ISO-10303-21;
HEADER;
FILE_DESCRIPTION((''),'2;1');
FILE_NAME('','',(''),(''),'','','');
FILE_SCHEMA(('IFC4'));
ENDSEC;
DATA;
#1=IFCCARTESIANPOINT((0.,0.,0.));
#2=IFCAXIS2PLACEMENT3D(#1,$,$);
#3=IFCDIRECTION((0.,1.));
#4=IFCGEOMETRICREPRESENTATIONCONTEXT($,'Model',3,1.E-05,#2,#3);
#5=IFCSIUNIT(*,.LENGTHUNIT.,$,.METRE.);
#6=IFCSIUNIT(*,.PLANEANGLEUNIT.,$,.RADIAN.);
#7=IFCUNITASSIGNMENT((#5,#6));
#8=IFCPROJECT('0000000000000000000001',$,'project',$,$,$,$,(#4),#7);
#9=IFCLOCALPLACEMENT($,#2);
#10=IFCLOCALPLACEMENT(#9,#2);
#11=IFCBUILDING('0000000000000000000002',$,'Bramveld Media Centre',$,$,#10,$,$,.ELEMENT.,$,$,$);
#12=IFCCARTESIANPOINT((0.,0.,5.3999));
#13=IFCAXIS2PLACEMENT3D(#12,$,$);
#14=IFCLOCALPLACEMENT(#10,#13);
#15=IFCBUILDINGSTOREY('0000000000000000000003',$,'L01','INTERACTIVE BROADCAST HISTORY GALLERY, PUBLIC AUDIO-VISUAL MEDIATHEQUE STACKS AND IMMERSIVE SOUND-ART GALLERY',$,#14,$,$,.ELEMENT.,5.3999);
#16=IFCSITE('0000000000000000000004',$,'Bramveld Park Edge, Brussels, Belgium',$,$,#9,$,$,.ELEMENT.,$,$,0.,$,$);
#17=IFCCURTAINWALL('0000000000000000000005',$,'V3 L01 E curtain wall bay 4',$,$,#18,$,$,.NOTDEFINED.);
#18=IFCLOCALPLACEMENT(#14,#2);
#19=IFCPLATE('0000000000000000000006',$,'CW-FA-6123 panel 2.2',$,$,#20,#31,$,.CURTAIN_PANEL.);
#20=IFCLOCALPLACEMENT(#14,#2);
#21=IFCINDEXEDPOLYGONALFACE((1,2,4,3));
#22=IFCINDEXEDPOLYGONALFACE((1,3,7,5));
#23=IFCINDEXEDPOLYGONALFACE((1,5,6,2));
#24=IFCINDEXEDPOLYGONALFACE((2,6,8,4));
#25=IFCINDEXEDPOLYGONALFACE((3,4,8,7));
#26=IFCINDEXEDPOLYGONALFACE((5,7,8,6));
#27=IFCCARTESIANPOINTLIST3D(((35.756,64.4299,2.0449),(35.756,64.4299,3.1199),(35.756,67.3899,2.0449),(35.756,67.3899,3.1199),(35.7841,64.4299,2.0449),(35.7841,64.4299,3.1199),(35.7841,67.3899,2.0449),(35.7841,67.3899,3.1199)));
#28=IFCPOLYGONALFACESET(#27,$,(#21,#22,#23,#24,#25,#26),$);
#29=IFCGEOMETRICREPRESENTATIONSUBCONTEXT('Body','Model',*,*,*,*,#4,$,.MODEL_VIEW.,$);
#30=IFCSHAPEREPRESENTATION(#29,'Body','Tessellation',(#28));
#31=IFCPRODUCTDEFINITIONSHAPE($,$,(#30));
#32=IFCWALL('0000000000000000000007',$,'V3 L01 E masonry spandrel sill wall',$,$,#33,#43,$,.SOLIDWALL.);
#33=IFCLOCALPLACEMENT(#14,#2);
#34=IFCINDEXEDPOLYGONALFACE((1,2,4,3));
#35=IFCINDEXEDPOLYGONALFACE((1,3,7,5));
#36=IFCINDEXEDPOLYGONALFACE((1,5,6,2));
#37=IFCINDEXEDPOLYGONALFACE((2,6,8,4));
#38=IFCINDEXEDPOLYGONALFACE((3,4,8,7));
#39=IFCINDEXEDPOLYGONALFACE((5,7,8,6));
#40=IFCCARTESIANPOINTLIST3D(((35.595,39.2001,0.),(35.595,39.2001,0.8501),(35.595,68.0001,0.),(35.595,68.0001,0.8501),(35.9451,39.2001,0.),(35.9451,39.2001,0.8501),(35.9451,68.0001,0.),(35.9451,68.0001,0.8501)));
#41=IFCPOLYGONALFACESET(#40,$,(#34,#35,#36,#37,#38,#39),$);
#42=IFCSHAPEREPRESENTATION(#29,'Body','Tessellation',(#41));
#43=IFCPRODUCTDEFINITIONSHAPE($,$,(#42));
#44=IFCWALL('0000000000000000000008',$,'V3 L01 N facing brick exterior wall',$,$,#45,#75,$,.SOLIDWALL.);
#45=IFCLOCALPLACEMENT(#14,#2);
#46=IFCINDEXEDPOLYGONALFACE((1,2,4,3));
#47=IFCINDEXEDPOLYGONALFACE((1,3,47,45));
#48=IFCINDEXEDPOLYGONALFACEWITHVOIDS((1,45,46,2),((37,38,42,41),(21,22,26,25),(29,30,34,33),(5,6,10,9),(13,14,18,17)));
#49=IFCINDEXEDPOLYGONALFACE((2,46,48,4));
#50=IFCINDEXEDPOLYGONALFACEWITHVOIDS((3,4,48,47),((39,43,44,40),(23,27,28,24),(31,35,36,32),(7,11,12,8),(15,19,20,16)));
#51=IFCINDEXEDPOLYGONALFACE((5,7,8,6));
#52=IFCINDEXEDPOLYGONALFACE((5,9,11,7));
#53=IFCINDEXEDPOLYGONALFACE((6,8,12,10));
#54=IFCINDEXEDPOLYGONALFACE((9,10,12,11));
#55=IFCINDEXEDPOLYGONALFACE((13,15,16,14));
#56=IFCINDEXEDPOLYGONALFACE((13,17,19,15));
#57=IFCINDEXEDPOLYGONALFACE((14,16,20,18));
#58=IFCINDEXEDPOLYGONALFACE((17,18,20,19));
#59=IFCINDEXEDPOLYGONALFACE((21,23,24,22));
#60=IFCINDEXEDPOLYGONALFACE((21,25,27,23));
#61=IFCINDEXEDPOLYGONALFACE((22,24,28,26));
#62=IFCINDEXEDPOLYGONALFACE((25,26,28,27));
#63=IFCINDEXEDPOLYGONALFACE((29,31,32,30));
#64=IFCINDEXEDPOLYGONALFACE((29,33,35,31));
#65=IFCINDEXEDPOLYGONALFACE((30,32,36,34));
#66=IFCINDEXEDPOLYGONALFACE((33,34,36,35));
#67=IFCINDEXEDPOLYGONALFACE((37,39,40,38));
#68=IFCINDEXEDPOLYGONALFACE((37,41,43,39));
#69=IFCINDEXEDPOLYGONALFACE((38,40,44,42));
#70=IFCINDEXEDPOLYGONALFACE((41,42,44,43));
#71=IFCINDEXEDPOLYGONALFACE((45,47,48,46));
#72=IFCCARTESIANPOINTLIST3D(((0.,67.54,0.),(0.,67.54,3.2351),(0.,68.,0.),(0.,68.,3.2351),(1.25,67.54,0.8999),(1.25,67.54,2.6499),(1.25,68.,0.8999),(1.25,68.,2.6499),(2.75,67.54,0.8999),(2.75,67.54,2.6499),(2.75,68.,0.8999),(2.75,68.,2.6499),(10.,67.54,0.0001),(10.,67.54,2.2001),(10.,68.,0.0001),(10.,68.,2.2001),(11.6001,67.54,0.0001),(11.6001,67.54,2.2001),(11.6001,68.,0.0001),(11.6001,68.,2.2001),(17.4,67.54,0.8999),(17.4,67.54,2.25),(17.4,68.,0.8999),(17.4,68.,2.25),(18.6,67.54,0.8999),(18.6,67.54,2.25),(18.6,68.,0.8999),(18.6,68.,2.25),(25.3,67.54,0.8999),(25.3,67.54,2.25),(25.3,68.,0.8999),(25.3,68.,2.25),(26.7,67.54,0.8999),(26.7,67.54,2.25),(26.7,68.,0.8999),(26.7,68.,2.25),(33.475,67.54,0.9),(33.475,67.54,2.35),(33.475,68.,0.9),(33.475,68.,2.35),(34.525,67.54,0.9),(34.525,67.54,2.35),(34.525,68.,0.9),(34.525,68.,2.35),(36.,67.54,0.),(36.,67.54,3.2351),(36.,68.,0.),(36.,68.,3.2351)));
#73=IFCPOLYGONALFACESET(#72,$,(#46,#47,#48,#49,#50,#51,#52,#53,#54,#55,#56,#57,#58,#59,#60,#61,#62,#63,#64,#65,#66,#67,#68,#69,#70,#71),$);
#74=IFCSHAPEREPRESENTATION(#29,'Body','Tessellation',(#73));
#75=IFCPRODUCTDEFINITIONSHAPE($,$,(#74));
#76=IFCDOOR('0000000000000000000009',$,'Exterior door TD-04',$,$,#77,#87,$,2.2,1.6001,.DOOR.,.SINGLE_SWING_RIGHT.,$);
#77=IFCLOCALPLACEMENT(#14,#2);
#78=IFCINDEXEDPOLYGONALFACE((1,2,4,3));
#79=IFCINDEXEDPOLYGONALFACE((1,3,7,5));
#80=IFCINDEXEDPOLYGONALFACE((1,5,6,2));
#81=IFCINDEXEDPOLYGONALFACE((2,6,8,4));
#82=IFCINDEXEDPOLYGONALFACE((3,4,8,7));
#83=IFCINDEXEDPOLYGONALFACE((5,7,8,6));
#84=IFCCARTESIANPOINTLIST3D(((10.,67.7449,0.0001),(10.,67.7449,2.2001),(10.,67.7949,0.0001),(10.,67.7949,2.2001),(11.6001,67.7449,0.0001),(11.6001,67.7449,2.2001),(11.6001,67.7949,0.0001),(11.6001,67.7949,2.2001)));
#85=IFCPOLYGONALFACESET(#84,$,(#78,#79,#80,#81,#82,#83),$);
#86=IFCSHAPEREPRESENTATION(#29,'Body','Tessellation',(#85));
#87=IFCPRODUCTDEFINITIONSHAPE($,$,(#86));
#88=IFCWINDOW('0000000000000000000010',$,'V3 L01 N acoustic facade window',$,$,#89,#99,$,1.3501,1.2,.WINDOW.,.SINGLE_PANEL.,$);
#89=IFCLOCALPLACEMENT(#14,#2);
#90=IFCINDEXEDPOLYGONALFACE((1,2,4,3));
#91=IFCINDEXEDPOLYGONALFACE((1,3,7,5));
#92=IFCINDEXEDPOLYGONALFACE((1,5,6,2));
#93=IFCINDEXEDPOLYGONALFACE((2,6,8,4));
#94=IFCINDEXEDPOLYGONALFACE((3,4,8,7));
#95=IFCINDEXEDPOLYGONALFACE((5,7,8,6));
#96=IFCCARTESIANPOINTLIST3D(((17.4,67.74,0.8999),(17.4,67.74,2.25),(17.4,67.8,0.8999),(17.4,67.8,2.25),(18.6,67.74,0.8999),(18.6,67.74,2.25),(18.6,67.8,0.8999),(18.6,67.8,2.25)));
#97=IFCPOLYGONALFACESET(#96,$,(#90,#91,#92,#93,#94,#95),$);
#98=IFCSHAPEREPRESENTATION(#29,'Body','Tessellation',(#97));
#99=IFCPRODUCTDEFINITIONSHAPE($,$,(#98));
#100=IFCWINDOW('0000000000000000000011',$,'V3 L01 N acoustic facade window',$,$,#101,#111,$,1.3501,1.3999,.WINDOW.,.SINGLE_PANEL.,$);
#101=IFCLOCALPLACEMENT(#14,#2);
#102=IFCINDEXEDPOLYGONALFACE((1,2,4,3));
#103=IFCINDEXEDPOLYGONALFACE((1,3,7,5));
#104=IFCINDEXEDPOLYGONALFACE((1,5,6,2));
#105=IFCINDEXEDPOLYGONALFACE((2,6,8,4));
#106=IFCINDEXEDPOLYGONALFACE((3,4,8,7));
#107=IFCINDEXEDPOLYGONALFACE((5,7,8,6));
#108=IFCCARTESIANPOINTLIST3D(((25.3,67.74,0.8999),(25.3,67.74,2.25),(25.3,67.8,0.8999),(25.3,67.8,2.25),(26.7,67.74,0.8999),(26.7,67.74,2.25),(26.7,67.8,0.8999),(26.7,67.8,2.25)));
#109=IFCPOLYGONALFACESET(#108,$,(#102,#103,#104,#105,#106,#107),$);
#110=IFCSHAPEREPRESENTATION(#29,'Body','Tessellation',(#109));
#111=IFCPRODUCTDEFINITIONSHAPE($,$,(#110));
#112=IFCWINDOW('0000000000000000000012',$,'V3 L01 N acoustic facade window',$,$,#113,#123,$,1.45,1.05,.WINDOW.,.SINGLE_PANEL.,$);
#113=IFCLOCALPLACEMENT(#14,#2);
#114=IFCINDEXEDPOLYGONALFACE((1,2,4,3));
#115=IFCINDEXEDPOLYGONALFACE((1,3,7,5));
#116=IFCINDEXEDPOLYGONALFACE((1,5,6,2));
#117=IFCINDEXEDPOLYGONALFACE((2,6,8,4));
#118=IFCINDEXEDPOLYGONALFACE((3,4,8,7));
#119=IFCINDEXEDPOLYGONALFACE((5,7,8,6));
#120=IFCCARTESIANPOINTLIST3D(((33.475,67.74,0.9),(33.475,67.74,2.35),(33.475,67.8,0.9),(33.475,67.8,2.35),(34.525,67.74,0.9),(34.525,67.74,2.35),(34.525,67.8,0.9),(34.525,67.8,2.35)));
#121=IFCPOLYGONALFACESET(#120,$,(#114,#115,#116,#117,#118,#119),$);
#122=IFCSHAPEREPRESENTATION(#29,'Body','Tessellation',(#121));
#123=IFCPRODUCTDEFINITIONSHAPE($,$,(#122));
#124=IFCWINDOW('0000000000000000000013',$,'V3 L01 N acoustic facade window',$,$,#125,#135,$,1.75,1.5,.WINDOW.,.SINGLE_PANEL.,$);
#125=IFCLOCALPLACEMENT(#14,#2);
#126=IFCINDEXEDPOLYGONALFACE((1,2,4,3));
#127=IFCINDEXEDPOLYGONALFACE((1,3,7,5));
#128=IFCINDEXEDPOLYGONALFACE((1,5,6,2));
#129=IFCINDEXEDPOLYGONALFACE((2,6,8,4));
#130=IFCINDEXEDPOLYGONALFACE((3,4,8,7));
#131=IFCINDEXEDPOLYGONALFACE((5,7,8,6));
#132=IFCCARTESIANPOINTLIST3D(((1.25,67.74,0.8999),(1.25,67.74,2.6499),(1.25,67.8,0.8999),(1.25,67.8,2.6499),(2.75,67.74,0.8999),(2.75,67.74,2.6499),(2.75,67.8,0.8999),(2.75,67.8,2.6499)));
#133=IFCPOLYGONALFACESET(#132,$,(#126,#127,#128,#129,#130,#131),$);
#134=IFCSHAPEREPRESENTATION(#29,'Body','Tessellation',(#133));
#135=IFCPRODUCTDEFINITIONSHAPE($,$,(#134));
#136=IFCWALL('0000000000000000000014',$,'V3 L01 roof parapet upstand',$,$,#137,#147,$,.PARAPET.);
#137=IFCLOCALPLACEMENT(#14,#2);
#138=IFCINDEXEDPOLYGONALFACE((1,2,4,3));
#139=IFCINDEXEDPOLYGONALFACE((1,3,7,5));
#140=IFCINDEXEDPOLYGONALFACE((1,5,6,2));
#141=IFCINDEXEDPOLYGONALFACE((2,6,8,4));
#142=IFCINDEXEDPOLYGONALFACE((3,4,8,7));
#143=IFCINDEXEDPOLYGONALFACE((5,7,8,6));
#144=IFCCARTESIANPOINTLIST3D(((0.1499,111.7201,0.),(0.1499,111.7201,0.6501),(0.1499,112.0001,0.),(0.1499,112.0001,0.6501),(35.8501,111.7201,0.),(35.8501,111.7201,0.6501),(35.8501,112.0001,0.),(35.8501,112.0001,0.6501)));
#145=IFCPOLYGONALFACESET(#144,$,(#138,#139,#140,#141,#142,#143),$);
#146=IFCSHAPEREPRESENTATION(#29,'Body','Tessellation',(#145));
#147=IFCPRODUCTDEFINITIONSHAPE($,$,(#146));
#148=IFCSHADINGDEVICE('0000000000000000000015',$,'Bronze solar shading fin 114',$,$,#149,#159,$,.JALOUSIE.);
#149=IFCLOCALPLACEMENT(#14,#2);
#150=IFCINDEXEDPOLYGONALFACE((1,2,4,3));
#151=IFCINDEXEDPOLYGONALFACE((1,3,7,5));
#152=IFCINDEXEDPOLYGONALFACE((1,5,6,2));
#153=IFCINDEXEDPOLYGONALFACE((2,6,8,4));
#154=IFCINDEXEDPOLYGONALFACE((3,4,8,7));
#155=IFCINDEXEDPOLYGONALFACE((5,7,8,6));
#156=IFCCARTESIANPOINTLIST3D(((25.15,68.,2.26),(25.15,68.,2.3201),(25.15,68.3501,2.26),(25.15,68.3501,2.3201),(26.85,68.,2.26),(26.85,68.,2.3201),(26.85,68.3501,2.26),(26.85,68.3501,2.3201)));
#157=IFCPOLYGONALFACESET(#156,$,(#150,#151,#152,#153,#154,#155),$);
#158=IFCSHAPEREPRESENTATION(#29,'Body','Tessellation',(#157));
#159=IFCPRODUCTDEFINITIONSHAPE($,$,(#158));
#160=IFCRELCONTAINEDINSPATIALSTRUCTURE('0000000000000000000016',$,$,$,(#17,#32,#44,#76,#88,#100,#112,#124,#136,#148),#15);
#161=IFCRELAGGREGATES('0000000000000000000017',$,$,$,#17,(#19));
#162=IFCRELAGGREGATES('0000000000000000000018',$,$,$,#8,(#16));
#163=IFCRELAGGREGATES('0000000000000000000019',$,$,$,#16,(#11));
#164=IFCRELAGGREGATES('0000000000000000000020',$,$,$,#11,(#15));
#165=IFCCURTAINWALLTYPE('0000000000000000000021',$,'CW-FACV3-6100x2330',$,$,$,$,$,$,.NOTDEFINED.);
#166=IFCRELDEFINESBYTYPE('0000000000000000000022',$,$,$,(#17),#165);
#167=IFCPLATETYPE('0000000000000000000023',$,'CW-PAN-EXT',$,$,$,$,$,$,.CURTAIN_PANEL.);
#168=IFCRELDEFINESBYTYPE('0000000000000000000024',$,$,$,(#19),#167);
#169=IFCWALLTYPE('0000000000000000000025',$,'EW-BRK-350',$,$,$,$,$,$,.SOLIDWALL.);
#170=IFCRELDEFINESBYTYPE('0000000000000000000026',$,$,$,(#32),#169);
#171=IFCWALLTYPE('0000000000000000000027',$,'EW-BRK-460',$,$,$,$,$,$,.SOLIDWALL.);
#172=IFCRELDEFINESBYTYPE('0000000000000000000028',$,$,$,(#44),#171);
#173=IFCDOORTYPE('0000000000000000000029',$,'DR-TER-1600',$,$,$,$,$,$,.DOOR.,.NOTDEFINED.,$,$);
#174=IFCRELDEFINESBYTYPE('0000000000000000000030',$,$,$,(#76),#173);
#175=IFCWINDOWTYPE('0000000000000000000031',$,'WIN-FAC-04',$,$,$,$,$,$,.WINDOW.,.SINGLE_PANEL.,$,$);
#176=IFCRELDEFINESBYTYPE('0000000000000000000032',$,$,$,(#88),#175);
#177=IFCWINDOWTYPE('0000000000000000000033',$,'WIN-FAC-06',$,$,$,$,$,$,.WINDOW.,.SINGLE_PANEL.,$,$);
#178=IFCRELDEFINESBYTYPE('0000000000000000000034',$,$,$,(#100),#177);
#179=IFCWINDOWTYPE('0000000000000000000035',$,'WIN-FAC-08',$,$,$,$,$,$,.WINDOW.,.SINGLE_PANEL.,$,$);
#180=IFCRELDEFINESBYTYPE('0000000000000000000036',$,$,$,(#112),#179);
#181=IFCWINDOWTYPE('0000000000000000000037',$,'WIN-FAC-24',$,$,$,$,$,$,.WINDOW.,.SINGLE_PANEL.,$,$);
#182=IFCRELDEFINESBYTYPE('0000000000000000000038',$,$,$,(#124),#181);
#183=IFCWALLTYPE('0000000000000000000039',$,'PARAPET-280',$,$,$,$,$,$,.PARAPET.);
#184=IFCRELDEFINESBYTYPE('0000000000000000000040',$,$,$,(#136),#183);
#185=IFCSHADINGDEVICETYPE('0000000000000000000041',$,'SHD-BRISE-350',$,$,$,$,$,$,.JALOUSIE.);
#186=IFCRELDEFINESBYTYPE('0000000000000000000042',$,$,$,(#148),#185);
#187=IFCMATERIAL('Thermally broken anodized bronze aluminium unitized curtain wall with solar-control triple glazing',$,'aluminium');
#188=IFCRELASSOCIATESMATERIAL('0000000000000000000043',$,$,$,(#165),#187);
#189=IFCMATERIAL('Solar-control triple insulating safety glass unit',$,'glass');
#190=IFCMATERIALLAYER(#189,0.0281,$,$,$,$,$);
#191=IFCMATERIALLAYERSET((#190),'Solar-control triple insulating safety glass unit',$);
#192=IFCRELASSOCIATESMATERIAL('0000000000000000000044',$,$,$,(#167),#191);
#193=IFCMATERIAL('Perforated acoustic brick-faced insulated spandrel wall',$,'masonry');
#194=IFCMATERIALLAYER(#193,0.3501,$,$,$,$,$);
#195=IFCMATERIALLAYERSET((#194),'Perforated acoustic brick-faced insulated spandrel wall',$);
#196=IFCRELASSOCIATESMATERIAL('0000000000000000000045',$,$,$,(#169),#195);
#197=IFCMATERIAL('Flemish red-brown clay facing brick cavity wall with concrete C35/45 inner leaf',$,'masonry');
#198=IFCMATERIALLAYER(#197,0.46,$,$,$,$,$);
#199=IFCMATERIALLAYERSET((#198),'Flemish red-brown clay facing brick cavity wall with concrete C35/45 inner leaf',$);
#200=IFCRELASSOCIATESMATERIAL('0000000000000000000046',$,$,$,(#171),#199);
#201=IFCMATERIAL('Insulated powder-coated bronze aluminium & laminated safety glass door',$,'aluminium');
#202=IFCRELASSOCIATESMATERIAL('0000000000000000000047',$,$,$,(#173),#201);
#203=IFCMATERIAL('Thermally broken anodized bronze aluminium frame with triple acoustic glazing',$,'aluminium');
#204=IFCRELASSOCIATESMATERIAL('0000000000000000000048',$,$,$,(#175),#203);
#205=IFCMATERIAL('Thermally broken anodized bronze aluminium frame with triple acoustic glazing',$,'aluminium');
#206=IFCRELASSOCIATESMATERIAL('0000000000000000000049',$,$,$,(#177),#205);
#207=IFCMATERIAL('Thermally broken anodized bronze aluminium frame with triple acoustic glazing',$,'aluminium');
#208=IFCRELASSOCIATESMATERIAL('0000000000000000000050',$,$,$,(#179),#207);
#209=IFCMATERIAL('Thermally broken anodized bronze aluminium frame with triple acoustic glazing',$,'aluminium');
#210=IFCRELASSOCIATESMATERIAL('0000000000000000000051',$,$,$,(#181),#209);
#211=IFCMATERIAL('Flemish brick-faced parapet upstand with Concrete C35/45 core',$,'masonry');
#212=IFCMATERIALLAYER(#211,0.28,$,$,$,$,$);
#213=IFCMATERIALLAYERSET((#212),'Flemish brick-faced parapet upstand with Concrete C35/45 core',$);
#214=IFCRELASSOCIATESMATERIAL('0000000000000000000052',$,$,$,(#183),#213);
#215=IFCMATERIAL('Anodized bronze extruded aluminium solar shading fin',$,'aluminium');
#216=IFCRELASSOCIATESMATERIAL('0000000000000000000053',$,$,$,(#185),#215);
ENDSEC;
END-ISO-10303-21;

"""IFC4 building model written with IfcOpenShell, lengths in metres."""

from ifc_helpers import new_model, si_unit, direction, frame, frame_2d, origin, origin_2d, place, context, subcontext, project, spatial, rectangle, extrude, material, layer, layer_set, type_object, element, fill, aggregate, save


model = new_model("IFC4")

# Units and contexts
model_context = context("Model", 3, precision=1e-05, world=origin(), true_north=direction((0.0, 1.0)))
body_context = subcontext(model_context, "Body", "Model", "MODEL_VIEW")
ifc_project = project(units=[si_unit("LENGTHUNIT", "METRE"), si_unit("PLANEANGLEUNIT", "RADIAN")], contexts=[model_context])

# Site, building, storey
site_placement = place(None, origin())
site = spatial("IfcSite", under=ifc_project, at=site_placement, Name="Bramveld Park Edge, Brussels, Belgium", CompositionType="ELEMENT", RefElevation=0.0)
building_placement = place(site_placement, origin())
building = spatial("IfcBuilding", under=site, at=building_placement, Name="Bramveld Media Centre", CompositionType="ELEMENT")
storey_placement = place(building_placement, frame((0.0, 0.0, 5.3999)))
storey = spatial("IfcBuildingStorey", under=building, at=storey_placement, Name="L01", Description="INTERACTIVE BROADCAST HISTORY GALLERY, PUBLIC AUDIO-VISUAL MEDIATHEQUE STACKS AND IMMERSIVE SOUND-ART GALLERY", CompositionType="ELEMENT", Elevation=5.3999)

# Curtain wall
ifc_material_1 = material(Name="Thermally broken anodized bronze aluminium unitized curtain wall with solar-control triple glazing", Category="aluminium")
curtain_wall_type = type_object("IfcCurtainWallType", Name="CW-FACV3-6100x2330", PredefinedType="NOTDEFINED", material=ifc_material_1)
curtain_wall_placement = place(storey_placement, origin())
curtain_wall = element("IfcCurtainWall", 1, at=curtain_wall_placement, inside=storey, type_object=curtain_wall_type, Name="V3 L01 E curtain wall bay 4", PredefinedType="NOTDEFINED")

# Plate
ifc_material_2 = material(Name="Solar-control triple insulating safety glass unit", Category="glass")
ifc_layer_1 = layer(ifc_material_2, 0.0281)
ifc_layer_set_1 = layer_set([ifc_layer_1], Name="Solar-control triple insulating safety glass unit")
plate_type = type_object("IfcPlateType", Name="CW-PAN-EXT", PredefinedType="CURTAIN_PANEL", material=ifc_layer_set_1)
plate_placement = place(storey_placement, frame((35.77, 65.9099, 2.0449), z_axis=(0.0, 0.0, 1.0), x_axis=(0.0, 1.0, 0.0)))
plate = element("IfcPlate", 2, at=plate_placement, type_object=plate_type, Name="CW-FA-6123 panel 2.2", PredefinedType="CURTAIN_PANEL", context=body_context, shape_type="SweptSolid", body=[
    extrude(rectangle(XDim=2.96, YDim=0.0281, at=origin_2d()), origin(), (0.0, 0.0, 1.0), 1.075),
])
aggregate(curtain_wall, [plate])

# Wall
ifc_material_3 = material(Name="Perforated acoustic brick-faced insulated spandrel wall", Category="masonry")
ifc_layer_2 = layer(ifc_material_3, 0.3501)
ifc_layer_set_2 = layer_set([ifc_layer_2], Name="Perforated acoustic brick-faced insulated spandrel wall")
wall_type_1 = type_object("IfcWallType", Name="EW-BRK-350", PredefinedType="SOLIDWALL", material=ifc_layer_set_2)
wall_1_placement = place(storey_placement, frame((35.77, 68.0, 0.0), z_axis=(0.0, 0.0, 1.0), x_axis=(0.0, -1.0, 0.0)))
element("IfcWall", 3, at=wall_1_placement, inside=storey, type_object=wall_type_1, Name="V3 L01 E masonry spandrel sill wall", PredefinedType="SOLIDWALL", context=body_context, shape_type="SweptSolid", body=[
    extrude(rectangle(XDim=28.8, YDim=0.3501, at=frame_2d((14.3999, 0.0))), origin(), (0.0, 0.0, 1.0), 0.8501),
])

# Wall, openings, door, windows
ifc_material_4 = material(Name="Flemish red-brown clay facing brick cavity wall with concrete C35/45 inner leaf", Category="masonry")
ifc_layer_3 = layer(ifc_material_4, 0.46)
ifc_layer_set_3 = layer_set([ifc_layer_3], Name="Flemish red-brown clay facing brick cavity wall with concrete C35/45 inner leaf")
wall_type_2 = type_object("IfcWallType", Name="EW-BRK-460", PredefinedType="SOLIDWALL", material=ifc_layer_set_3)
wall_2_placement = place(storey_placement, frame((0.0, 67.77, 0.0), z_axis=(0.0, 0.0, 1.0), x_axis=(1.0, 0.0, 0.0)))
wall_2 = element("IfcWall", 4, at=wall_2_placement, inside=storey, type_object=wall_type_2, Name="V3 L01 N facing brick exterior wall", PredefinedType="SOLIDWALL", context=body_context, shape_type="SweptSolid", body=[
    extrude(rectangle(XDim=36.0, YDim=0.46, at=frame_2d((18.0, 0.0))), origin(), (0.0, 0.0, 1.0), 3.2351),
])
opening_1_placement = place(wall_2_placement, frame((10.0, 0.0, 0.0)))
opening_1 = element("IfcOpeningElement", 5, at=opening_1_placement, cuts=wall_2, PredefinedType="OPENING", context=body_context, shape_type="SweptSolid", body=[
    extrude(rectangle(XDim=1.6001, YDim=2.2, at=frame_2d((0.8, 1.1001))), frame((0.0, 0.2419, 0.0), z_axis=(0.0, -1.0, 0.0), x_axis=(1.0, 0.0, 0.0)), (0.0, 0.0, 1.0), 0.4839),
])
opening_2_placement = place(wall_2_placement, frame((1.25, 0.0, 0.8999)))
opening_2 = element("IfcOpeningElement", 6, at=opening_2_placement, cuts=wall_2, PredefinedType="OPENING", context=body_context, shape_type="SweptSolid", body=[
    extrude(rectangle(XDim=1.5, YDim=1.75, at=frame_2d((0.75, 0.875))), frame((0.0, 0.2419, 0.0), z_axis=(0.0, -1.0, 0.0), x_axis=(1.0, 0.0, 0.0)), (0.0, 0.0, 1.0), 0.4839),
])
opening_3_placement = place(wall_2_placement, frame((17.3999, 0.0, 0.8999)))
opening_3 = element("IfcOpeningElement", 7, at=opening_3_placement, cuts=wall_2, PredefinedType="OPENING", context=body_context, shape_type="SweptSolid", body=[
    extrude(rectangle(XDim=1.2, YDim=1.3501, at=frame_2d((0.6001, 0.675))), frame((0.0, 0.2419, 0.0), z_axis=(0.0, -1.0, 0.0), x_axis=(1.0, 0.0, 0.0)), (0.0, 0.0, 1.0), 0.4839),
])
opening_4_placement = place(wall_2_placement, frame((25.3, 0.0, 0.8999)))
opening_4 = element("IfcOpeningElement", 8, at=opening_4_placement, cuts=wall_2, PredefinedType="OPENING", context=body_context, shape_type="SweptSolid", body=[
    extrude(rectangle(XDim=1.3999, YDim=1.3501, at=frame_2d((0.7, 0.675))), frame((0.0, 0.2419, 0.0), z_axis=(0.0, -1.0, 0.0), x_axis=(1.0, 0.0, 0.0)), (0.0, 0.0, 1.0), 0.4839),
])
opening_5_placement = place(wall_2_placement, frame((33.4751, 0.0, 0.8999)))
opening_5 = element("IfcOpeningElement", 9, at=opening_5_placement, cuts=wall_2, PredefinedType="OPENING", context=body_context, shape_type="SweptSolid", body=[
    extrude(rectangle(XDim=1.05, YDim=1.45, at=frame_2d((0.5249, 0.7251))), frame((0.0, 0.2419, 0.0), z_axis=(0.0, -1.0, 0.0), x_axis=(1.0, 0.0, 0.0)), (0.0, 0.0, 1.0), 0.4839),
])
ifc_material_5 = material(Name="Insulated powder-coated bronze aluminium & laminated safety glass door", Category="aluminium")
door_type = type_object("IfcDoorType", Name="DR-TER-1600", OperationType="NOTDEFINED", PredefinedType="DOOR", material=ifc_material_5)
door_placement = place(opening_1_placement, origin())
door = element("IfcDoor", 10, at=door_placement, inside=storey, type_object=door_type, Name="Exterior door TD-04", OperationType="SINGLE_SWING_RIGHT", OverallHeight=2.2, OverallWidth=1.6001, PredefinedType="DOOR", context=body_context, shape_type="SweptSolid", body=[
    extrude(rectangle(XDim=1.6001, YDim=2.2, at=frame_2d((0.8, 1.1001))), frame((0.0, 0.0249, 0.0), z_axis=(0.0, -1.0, 0.0), x_axis=(1.0, 0.0, 0.0)), (0.0, 0.0, 1.0), 0.05),
])
fill(opening_1, door)
ifc_material_6 = material(Name="Thermally broken anodized bronze aluminium frame with triple acoustic glazing", Category="aluminium")
window_type_1 = type_object("IfcWindowType", Name="WIN-FAC-04", PartitioningType="SINGLE_PANEL", PredefinedType="WINDOW", material=ifc_material_6)
window_1_placement = place(opening_3_placement, origin())
window_1 = element("IfcWindow", 11, at=window_1_placement, inside=storey, type_object=window_type_1, Name="V3 L01 N acoustic facade window", OverallHeight=1.3501, OverallWidth=1.2, PartitioningType="SINGLE_PANEL", PredefinedType="WINDOW", context=body_context, shape_type="SweptSolid", body=[
    extrude(rectangle(XDim=1.2, YDim=1.3501, at=frame_2d((0.6001, 0.675))), frame((0.0, 0.03, 0.0), z_axis=(0.0, -1.0, 0.0), x_axis=(1.0, 0.0, 0.0)), (0.0, 0.0, 1.0), 0.0601),
])
fill(opening_3, window_1)
ifc_material_7 = material(Name="Thermally broken anodized bronze aluminium frame with triple acoustic glazing", Category="aluminium")
window_type_2 = type_object("IfcWindowType", Name="WIN-FAC-06", PartitioningType="SINGLE_PANEL", PredefinedType="WINDOW", material=ifc_material_7)
window_2_placement = place(opening_4_placement, origin())
window_2 = element("IfcWindow", 12, at=window_2_placement, inside=storey, type_object=window_type_2, Name="V3 L01 N acoustic facade window", OverallHeight=1.3501, OverallWidth=1.3999, PartitioningType="SINGLE_PANEL", PredefinedType="WINDOW", context=body_context, shape_type="SweptSolid", body=[
    extrude(rectangle(XDim=1.3999, YDim=1.3501, at=frame_2d((0.7, 0.675))), frame((0.0, 0.03, 0.0), z_axis=(0.0, -1.0, 0.0), x_axis=(1.0, 0.0, 0.0)), (0.0, 0.0, 1.0), 0.0601),
])
fill(opening_4, window_2)
ifc_material_8 = material(Name="Thermally broken anodized bronze aluminium frame with triple acoustic glazing", Category="aluminium")
window_type_3 = type_object("IfcWindowType", Name="WIN-FAC-08", PartitioningType="SINGLE_PANEL", PredefinedType="WINDOW", material=ifc_material_8)
window_3_placement = place(opening_5_placement, origin())
window_3 = element("IfcWindow", 13, at=window_3_placement, inside=storey, type_object=window_type_3, Name="V3 L01 N acoustic facade window", OverallHeight=1.45, OverallWidth=1.05, PartitioningType="SINGLE_PANEL", PredefinedType="WINDOW", context=body_context, shape_type="SweptSolid", body=[
    extrude(rectangle(XDim=1.05, YDim=1.45, at=frame_2d((0.5249, 0.7251))), frame((0.0, 0.03, 0.0), z_axis=(0.0, -1.0, 0.0), x_axis=(1.0, 0.0, 0.0)), (0.0, 0.0, 1.0), 0.0601),
])
fill(opening_5, window_3)
ifc_material_9 = material(Name="Thermally broken anodized bronze aluminium frame with triple acoustic glazing", Category="aluminium")
window_type_4 = type_object("IfcWindowType", Name="WIN-FAC-24", PartitioningType="SINGLE_PANEL", PredefinedType="WINDOW", material=ifc_material_9)
window_4_placement = place(opening_2_placement, origin())
window_4 = element("IfcWindow", 14, at=window_4_placement, inside=storey, type_object=window_type_4, Name="V3 L01 N acoustic facade window", OverallHeight=1.75, OverallWidth=1.5, PartitioningType="SINGLE_PANEL", PredefinedType="WINDOW", context=body_context, shape_type="SweptSolid", body=[
    extrude(rectangle(XDim=1.5, YDim=1.75, at=frame_2d((0.75, 0.875))), frame((0.0, 0.03, 0.0), z_axis=(0.0, -1.0, 0.0), x_axis=(1.0, 0.0, 0.0)), (0.0, 0.0, 1.0), 0.0601),
])
fill(opening_2, window_4)

# Wall
ifc_material_10 = material(Name="Flemish brick-faced parapet upstand with Concrete C35/45 core", Category="masonry")
ifc_layer_4 = layer(ifc_material_10, 0.28)
ifc_layer_set_4 = layer_set([ifc_layer_4], Name="Flemish brick-faced parapet upstand with Concrete C35/45 core")
wall_type_3 = type_object("IfcWallType", Name="PARAPET-280", PredefinedType="PARAPET", material=ifc_layer_set_4)
wall_3_placement = place(storey_placement, frame((0.1499, 111.8601, 0.0), z_axis=(0.0, 0.0, 1.0), x_axis=(1.0, 0.0, 0.0)))
element("IfcWall", 15, at=wall_3_placement, inside=storey, type_object=wall_type_3, Name="V3 L01 roof parapet upstand", PredefinedType="PARAPET", context=body_context, shape_type="SweptSolid", body=[
    extrude(rectangle(XDim=35.7002, YDim=0.28, at=frame_2d((17.8501, 0.0))), origin(), (0.0, 0.0, 1.0), 0.6501),
])

# Shading device
ifc_material_11 = material(Name="Anodized bronze extruded aluminium solar shading fin", Category="aluminium")
shading_device_type_1 = type_object("IfcShadingDeviceType", Name="SHD-BRISE-350", PredefinedType="JALOUSIE", material=ifc_material_11)
shading_device_1_placement = place(storey_placement, frame((26.0, 68.175, 2.26), z_axis=(0.0, 0.0, 1.0), x_axis=(1.0, 0.0, 0.0)))
element("IfcShadingDevice", 16, at=shading_device_1_placement, inside=storey, type_object=shading_device_type_1, Name="Bronze solar shading fin 114", PredefinedType="JALOUSIE", context=body_context, shape_type="SweptSolid", body=[
    extrude(rectangle(XDim=1.7, YDim=0.3501, at=origin_2d()), origin(), (0.0, 0.0, 1.0), 0.0601),
])

save(model, "model.ifc")
